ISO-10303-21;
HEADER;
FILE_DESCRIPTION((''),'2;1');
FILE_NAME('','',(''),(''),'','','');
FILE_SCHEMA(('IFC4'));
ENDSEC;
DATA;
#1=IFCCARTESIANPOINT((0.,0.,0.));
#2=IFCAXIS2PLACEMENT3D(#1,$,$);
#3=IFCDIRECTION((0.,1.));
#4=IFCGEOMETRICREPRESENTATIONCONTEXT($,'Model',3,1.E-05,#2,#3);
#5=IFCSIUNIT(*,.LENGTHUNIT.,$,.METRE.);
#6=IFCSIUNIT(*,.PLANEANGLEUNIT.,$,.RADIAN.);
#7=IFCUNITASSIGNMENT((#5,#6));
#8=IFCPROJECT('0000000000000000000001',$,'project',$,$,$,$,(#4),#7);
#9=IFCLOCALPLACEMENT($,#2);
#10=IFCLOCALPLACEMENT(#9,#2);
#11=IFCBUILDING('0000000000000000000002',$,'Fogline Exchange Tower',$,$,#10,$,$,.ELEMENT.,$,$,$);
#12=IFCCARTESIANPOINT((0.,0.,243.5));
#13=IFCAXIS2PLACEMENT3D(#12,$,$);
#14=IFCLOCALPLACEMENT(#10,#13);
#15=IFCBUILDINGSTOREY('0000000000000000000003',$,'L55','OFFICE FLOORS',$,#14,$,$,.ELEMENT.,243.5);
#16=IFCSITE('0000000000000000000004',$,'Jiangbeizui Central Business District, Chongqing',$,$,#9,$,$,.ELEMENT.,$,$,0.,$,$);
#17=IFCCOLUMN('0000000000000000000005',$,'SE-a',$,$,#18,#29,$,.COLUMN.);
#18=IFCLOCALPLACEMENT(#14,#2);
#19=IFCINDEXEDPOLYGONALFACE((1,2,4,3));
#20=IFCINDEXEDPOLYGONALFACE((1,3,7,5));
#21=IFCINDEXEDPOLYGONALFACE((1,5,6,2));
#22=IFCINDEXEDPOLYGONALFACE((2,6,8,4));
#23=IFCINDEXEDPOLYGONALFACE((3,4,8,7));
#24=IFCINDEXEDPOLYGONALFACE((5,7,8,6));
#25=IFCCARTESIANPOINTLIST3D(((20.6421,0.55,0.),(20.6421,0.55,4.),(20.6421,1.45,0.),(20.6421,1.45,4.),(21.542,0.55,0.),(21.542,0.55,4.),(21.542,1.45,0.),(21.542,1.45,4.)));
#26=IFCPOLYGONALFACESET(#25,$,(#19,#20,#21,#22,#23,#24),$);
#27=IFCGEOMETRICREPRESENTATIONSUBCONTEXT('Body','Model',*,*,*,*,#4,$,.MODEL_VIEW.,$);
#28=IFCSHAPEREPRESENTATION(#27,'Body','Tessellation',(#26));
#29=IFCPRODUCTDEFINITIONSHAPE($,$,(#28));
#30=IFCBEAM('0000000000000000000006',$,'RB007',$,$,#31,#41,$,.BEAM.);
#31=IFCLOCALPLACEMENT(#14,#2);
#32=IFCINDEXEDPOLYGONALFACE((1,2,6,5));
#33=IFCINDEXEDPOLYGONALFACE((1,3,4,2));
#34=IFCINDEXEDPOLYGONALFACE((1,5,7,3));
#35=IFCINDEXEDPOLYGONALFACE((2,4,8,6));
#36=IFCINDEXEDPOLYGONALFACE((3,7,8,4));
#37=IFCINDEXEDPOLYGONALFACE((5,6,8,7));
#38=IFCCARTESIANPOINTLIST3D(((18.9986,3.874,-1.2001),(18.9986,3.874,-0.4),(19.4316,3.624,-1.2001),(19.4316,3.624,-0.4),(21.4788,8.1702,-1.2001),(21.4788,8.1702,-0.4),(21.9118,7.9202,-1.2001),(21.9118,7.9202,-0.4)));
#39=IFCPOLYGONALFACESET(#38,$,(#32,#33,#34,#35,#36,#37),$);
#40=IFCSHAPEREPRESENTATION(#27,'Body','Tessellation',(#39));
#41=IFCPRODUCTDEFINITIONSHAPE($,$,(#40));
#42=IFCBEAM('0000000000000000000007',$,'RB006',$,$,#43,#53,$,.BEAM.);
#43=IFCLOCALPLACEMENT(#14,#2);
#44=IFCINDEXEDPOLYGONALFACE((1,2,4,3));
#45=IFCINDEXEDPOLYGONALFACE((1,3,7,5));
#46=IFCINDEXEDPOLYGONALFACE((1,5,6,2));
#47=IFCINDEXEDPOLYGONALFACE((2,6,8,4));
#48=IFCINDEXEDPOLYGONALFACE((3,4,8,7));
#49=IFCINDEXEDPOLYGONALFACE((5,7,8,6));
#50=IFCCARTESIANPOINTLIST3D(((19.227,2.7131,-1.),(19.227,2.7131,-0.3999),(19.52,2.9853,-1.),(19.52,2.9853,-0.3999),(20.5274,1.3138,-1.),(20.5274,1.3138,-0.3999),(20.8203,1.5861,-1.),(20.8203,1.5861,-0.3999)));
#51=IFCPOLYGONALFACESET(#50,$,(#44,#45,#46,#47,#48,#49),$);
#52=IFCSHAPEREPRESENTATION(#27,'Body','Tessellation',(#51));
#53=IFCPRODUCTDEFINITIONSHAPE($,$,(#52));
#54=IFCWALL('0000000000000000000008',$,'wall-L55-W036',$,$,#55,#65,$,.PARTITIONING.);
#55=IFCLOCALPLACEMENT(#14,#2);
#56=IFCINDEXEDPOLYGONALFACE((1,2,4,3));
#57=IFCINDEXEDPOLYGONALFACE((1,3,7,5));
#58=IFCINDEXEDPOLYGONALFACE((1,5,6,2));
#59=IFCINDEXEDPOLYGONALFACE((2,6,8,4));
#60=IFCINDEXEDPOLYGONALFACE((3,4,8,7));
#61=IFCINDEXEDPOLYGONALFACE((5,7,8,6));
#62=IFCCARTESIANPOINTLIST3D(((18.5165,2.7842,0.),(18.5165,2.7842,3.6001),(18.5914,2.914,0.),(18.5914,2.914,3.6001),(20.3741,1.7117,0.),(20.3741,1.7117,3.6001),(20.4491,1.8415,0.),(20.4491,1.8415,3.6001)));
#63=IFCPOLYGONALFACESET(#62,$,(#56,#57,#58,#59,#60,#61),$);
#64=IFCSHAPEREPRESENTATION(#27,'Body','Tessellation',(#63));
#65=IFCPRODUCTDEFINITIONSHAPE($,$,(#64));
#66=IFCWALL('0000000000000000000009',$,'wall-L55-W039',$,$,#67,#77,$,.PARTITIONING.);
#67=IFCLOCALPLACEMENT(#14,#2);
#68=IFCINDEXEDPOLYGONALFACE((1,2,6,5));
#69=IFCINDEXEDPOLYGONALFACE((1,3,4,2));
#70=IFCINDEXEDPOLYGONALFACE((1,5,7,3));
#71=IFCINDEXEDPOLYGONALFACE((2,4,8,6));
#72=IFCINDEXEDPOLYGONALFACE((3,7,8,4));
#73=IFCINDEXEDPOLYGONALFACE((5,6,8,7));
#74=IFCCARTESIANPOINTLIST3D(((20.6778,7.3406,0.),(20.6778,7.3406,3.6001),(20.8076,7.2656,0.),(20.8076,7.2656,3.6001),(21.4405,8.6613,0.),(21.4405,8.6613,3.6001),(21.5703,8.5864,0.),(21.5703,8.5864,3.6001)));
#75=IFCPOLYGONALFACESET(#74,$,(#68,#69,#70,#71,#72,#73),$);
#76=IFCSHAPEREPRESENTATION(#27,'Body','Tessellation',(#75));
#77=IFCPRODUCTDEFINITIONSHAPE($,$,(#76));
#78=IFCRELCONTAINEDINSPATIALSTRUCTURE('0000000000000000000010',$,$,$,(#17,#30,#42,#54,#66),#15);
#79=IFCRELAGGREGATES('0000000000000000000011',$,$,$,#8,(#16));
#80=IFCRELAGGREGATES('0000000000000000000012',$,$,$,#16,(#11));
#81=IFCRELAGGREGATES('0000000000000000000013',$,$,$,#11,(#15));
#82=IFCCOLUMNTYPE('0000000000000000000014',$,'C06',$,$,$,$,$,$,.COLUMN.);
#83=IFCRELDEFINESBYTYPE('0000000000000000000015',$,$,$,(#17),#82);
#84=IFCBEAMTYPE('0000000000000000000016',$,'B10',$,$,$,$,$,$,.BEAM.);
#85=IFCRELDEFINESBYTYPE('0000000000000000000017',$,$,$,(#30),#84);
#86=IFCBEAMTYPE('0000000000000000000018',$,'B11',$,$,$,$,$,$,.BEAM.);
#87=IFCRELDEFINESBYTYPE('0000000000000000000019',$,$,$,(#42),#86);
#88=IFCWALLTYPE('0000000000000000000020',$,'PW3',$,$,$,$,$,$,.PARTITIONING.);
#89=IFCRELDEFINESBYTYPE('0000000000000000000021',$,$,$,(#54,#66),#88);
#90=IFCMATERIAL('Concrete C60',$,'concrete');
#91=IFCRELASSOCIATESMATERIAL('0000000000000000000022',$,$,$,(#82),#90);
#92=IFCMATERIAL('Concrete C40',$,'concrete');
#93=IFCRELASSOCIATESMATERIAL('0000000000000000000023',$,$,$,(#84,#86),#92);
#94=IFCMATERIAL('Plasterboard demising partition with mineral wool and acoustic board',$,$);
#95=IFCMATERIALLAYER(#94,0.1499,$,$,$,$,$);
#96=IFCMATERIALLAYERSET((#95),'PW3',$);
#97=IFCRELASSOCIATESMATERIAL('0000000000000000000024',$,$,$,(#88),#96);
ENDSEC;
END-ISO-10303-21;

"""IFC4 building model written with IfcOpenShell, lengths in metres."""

from ifc_helpers import new_model, si_unit, direction, frame, frame_2d, origin, origin_2d, place, context, subcontext, project, spatial, rectangle, extrude, material, layer, layer_set, material_profile, profile_set, type_object, element, save


model = new_model("IFC4")

# Units and contexts
model_context = context("Model", 3, precision=1e-05, world=origin(), true_north=direction((0.0, 1.0)))
body_context = subcontext(model_context, "Body", "Model", "MODEL_VIEW")
ifc_project = project(units=[si_unit("LENGTHUNIT", "METRE"), si_unit("PLANEANGLEUNIT", "RADIAN")], contexts=[model_context])

# Site, building, storey
site_placement = place(None, origin())
site = spatial("IfcSite", under=ifc_project, at=site_placement, Name="Jiangbeizui Central Business District, Chongqing", CompositionType="ELEMENT", RefElevation=0.0)
building_placement = place(site_placement, origin())
building = spatial("IfcBuilding", under=site, at=building_placement, Name="Fogline Exchange Tower", CompositionType="ELEMENT")
storey_placement = place(building_placement, frame((0.0, 0.0, 243.5)))
storey = spatial("IfcBuildingStorey", under=building, at=storey_placement, Name="L55", Description="OFFICE FLOORS", CompositionType="ELEMENT", Elevation=243.5)

# Column
ifc_material_1 = material(Name="Concrete C60", Category="concrete")
ifc_material_profile_1 = material_profile(ifc_material_1, rectangle(XDim=0.8999, YDim=0.8999, at=origin_2d()), Name="RC 900x900")
ifc_profile_set_1 = profile_set([ifc_material_profile_1], Name="Concrete C60")
column_type = type_object("IfcColumnType", Name="C06", PredefinedType="COLUMN", material=ifc_profile_set_1)
column_placement = place(storey_placement, frame((21.092, 1.0, 0.0), z_axis=(0.0, 0.0, 1.0), x_axis=(1.0, 0.0, 0.0)))
element("IfcColumn", 1, at=column_placement, inside=storey, type_object=column_type, Name="SE-a", PredefinedType="COLUMN", context=body_context, shape_type="SweptSolid", body=[
    extrude(rectangle(XDim=0.8999, YDim=0.8999, at=origin_2d()), origin(), (0.0, 0.0, 1.0), 4.0),
])

# Beams
ifc_material_2 = material(Name="Concrete C40", Category="concrete")
ifc_material_profile_2 = material_profile(ifc_material_2, rectangle(XDim=0.5, YDim=0.8, at=origin_2d()), Name="RC 500x800")
ifc_profile_set_2 = profile_set([ifc_material_profile_2], Name="Concrete C40")
beam_type_1 = type_object("IfcBeamType", Name="B10", PredefinedType="BEAM", material=ifc_profile_set_2)
beam_1_placement = place(storey_placement, frame((19.2151, 3.749, -0.8), z_axis=(0.499977, 0.866039, 0.0), x_axis=(-0.866039, 0.499977, 0.0)))
element("IfcBeam", 2, at=beam_1_placement, inside=storey, type_object=beam_type_1, Name="RB007", PredefinedType="BEAM", context=body_context, shape_type="SweptSolid", body=[
    extrude(rectangle(XDim=0.5, YDim=0.8, at=origin_2d()), origin(), (0.0, 0.0, 1.0), 4.9607),
])
ifc_material_profile_3 = material_profile(ifc_material_2, rectangle(XDim=0.3999, YDim=0.6001, at=origin_2d()), Name="RC 400x600")
ifc_profile_set_3 = profile_set([ifc_material_profile_3], Name="Concrete C40")
beam_type_2 = type_object("IfcBeamType", Name="B11", PredefinedType="BEAM", material=ifc_profile_set_3)
beam_2_placement = place(storey_placement, frame((20.6738, 1.45, -0.7), z_axis=(-0.68075, 0.732516, 0.0), x_axis=(-0.732516, -0.68075, 0.0)))
element("IfcBeam", 3, at=beam_2_placement, inside=storey, type_object=beam_type_2, Name="RB006", PredefinedType="BEAM", context=body_context, shape_type="SweptSolid", body=[
    extrude(rectangle(XDim=0.3999, YDim=0.6001, at=origin_2d()), origin(), (0.0, 0.0, 1.0), 1.9102),
])

# Walls
ifc_material_3 = material(Name="Plasterboard demising partition with mineral wool and acoustic board")
ifc_layer_1 = layer(ifc_material_3, 0.1499)
ifc_layer_set_1 = layer_set([ifc_layer_1], Name="PW3")
wall_type_1 = type_object("IfcWallType", Name="PW3", PredefinedType="PARTITIONING", material=ifc_layer_set_1)
wall_1_placement = place(storey_placement, frame((20.4116, 1.7766, 0.0), z_axis=(0.0, 0.0, 1.0), x_axis=(-0.866028, 0.499995, 0.0)))
element("IfcWall", 4, at=wall_1_placement, inside=storey, type_object=wall_type_1, Name="wall-L55-W036", PredefinedType="PARTITIONING", context=body_context, shape_type="SweptSolid", body=[
    extrude(rectangle(XDim=2.145, YDim=0.1499, at=frame_2d((1.0725, 0.0))), origin(), (0.0, 0.0, 1.0), 3.6001),
])
wall_2_placement = place(storey_placement, frame((20.7427, 7.303, 0.0), z_axis=(0.0, 0.0, 1.0), x_axis=(0.500064, 0.865988, 0.0)))
element("IfcWall", 5, at=wall_2_placement, inside=storey, type_object=wall_type_1, Name="wall-L55-W039", PredefinedType="PARTITIONING", context=body_context, shape_type="SweptSolid", body=[
    extrude(rectangle(XDim=1.5251, YDim=0.1499, at=frame_2d((0.7627, 0.0))), origin(), (0.0, 0.0, 1.0), 3.6001),
])

save(model, "model.ifc")
